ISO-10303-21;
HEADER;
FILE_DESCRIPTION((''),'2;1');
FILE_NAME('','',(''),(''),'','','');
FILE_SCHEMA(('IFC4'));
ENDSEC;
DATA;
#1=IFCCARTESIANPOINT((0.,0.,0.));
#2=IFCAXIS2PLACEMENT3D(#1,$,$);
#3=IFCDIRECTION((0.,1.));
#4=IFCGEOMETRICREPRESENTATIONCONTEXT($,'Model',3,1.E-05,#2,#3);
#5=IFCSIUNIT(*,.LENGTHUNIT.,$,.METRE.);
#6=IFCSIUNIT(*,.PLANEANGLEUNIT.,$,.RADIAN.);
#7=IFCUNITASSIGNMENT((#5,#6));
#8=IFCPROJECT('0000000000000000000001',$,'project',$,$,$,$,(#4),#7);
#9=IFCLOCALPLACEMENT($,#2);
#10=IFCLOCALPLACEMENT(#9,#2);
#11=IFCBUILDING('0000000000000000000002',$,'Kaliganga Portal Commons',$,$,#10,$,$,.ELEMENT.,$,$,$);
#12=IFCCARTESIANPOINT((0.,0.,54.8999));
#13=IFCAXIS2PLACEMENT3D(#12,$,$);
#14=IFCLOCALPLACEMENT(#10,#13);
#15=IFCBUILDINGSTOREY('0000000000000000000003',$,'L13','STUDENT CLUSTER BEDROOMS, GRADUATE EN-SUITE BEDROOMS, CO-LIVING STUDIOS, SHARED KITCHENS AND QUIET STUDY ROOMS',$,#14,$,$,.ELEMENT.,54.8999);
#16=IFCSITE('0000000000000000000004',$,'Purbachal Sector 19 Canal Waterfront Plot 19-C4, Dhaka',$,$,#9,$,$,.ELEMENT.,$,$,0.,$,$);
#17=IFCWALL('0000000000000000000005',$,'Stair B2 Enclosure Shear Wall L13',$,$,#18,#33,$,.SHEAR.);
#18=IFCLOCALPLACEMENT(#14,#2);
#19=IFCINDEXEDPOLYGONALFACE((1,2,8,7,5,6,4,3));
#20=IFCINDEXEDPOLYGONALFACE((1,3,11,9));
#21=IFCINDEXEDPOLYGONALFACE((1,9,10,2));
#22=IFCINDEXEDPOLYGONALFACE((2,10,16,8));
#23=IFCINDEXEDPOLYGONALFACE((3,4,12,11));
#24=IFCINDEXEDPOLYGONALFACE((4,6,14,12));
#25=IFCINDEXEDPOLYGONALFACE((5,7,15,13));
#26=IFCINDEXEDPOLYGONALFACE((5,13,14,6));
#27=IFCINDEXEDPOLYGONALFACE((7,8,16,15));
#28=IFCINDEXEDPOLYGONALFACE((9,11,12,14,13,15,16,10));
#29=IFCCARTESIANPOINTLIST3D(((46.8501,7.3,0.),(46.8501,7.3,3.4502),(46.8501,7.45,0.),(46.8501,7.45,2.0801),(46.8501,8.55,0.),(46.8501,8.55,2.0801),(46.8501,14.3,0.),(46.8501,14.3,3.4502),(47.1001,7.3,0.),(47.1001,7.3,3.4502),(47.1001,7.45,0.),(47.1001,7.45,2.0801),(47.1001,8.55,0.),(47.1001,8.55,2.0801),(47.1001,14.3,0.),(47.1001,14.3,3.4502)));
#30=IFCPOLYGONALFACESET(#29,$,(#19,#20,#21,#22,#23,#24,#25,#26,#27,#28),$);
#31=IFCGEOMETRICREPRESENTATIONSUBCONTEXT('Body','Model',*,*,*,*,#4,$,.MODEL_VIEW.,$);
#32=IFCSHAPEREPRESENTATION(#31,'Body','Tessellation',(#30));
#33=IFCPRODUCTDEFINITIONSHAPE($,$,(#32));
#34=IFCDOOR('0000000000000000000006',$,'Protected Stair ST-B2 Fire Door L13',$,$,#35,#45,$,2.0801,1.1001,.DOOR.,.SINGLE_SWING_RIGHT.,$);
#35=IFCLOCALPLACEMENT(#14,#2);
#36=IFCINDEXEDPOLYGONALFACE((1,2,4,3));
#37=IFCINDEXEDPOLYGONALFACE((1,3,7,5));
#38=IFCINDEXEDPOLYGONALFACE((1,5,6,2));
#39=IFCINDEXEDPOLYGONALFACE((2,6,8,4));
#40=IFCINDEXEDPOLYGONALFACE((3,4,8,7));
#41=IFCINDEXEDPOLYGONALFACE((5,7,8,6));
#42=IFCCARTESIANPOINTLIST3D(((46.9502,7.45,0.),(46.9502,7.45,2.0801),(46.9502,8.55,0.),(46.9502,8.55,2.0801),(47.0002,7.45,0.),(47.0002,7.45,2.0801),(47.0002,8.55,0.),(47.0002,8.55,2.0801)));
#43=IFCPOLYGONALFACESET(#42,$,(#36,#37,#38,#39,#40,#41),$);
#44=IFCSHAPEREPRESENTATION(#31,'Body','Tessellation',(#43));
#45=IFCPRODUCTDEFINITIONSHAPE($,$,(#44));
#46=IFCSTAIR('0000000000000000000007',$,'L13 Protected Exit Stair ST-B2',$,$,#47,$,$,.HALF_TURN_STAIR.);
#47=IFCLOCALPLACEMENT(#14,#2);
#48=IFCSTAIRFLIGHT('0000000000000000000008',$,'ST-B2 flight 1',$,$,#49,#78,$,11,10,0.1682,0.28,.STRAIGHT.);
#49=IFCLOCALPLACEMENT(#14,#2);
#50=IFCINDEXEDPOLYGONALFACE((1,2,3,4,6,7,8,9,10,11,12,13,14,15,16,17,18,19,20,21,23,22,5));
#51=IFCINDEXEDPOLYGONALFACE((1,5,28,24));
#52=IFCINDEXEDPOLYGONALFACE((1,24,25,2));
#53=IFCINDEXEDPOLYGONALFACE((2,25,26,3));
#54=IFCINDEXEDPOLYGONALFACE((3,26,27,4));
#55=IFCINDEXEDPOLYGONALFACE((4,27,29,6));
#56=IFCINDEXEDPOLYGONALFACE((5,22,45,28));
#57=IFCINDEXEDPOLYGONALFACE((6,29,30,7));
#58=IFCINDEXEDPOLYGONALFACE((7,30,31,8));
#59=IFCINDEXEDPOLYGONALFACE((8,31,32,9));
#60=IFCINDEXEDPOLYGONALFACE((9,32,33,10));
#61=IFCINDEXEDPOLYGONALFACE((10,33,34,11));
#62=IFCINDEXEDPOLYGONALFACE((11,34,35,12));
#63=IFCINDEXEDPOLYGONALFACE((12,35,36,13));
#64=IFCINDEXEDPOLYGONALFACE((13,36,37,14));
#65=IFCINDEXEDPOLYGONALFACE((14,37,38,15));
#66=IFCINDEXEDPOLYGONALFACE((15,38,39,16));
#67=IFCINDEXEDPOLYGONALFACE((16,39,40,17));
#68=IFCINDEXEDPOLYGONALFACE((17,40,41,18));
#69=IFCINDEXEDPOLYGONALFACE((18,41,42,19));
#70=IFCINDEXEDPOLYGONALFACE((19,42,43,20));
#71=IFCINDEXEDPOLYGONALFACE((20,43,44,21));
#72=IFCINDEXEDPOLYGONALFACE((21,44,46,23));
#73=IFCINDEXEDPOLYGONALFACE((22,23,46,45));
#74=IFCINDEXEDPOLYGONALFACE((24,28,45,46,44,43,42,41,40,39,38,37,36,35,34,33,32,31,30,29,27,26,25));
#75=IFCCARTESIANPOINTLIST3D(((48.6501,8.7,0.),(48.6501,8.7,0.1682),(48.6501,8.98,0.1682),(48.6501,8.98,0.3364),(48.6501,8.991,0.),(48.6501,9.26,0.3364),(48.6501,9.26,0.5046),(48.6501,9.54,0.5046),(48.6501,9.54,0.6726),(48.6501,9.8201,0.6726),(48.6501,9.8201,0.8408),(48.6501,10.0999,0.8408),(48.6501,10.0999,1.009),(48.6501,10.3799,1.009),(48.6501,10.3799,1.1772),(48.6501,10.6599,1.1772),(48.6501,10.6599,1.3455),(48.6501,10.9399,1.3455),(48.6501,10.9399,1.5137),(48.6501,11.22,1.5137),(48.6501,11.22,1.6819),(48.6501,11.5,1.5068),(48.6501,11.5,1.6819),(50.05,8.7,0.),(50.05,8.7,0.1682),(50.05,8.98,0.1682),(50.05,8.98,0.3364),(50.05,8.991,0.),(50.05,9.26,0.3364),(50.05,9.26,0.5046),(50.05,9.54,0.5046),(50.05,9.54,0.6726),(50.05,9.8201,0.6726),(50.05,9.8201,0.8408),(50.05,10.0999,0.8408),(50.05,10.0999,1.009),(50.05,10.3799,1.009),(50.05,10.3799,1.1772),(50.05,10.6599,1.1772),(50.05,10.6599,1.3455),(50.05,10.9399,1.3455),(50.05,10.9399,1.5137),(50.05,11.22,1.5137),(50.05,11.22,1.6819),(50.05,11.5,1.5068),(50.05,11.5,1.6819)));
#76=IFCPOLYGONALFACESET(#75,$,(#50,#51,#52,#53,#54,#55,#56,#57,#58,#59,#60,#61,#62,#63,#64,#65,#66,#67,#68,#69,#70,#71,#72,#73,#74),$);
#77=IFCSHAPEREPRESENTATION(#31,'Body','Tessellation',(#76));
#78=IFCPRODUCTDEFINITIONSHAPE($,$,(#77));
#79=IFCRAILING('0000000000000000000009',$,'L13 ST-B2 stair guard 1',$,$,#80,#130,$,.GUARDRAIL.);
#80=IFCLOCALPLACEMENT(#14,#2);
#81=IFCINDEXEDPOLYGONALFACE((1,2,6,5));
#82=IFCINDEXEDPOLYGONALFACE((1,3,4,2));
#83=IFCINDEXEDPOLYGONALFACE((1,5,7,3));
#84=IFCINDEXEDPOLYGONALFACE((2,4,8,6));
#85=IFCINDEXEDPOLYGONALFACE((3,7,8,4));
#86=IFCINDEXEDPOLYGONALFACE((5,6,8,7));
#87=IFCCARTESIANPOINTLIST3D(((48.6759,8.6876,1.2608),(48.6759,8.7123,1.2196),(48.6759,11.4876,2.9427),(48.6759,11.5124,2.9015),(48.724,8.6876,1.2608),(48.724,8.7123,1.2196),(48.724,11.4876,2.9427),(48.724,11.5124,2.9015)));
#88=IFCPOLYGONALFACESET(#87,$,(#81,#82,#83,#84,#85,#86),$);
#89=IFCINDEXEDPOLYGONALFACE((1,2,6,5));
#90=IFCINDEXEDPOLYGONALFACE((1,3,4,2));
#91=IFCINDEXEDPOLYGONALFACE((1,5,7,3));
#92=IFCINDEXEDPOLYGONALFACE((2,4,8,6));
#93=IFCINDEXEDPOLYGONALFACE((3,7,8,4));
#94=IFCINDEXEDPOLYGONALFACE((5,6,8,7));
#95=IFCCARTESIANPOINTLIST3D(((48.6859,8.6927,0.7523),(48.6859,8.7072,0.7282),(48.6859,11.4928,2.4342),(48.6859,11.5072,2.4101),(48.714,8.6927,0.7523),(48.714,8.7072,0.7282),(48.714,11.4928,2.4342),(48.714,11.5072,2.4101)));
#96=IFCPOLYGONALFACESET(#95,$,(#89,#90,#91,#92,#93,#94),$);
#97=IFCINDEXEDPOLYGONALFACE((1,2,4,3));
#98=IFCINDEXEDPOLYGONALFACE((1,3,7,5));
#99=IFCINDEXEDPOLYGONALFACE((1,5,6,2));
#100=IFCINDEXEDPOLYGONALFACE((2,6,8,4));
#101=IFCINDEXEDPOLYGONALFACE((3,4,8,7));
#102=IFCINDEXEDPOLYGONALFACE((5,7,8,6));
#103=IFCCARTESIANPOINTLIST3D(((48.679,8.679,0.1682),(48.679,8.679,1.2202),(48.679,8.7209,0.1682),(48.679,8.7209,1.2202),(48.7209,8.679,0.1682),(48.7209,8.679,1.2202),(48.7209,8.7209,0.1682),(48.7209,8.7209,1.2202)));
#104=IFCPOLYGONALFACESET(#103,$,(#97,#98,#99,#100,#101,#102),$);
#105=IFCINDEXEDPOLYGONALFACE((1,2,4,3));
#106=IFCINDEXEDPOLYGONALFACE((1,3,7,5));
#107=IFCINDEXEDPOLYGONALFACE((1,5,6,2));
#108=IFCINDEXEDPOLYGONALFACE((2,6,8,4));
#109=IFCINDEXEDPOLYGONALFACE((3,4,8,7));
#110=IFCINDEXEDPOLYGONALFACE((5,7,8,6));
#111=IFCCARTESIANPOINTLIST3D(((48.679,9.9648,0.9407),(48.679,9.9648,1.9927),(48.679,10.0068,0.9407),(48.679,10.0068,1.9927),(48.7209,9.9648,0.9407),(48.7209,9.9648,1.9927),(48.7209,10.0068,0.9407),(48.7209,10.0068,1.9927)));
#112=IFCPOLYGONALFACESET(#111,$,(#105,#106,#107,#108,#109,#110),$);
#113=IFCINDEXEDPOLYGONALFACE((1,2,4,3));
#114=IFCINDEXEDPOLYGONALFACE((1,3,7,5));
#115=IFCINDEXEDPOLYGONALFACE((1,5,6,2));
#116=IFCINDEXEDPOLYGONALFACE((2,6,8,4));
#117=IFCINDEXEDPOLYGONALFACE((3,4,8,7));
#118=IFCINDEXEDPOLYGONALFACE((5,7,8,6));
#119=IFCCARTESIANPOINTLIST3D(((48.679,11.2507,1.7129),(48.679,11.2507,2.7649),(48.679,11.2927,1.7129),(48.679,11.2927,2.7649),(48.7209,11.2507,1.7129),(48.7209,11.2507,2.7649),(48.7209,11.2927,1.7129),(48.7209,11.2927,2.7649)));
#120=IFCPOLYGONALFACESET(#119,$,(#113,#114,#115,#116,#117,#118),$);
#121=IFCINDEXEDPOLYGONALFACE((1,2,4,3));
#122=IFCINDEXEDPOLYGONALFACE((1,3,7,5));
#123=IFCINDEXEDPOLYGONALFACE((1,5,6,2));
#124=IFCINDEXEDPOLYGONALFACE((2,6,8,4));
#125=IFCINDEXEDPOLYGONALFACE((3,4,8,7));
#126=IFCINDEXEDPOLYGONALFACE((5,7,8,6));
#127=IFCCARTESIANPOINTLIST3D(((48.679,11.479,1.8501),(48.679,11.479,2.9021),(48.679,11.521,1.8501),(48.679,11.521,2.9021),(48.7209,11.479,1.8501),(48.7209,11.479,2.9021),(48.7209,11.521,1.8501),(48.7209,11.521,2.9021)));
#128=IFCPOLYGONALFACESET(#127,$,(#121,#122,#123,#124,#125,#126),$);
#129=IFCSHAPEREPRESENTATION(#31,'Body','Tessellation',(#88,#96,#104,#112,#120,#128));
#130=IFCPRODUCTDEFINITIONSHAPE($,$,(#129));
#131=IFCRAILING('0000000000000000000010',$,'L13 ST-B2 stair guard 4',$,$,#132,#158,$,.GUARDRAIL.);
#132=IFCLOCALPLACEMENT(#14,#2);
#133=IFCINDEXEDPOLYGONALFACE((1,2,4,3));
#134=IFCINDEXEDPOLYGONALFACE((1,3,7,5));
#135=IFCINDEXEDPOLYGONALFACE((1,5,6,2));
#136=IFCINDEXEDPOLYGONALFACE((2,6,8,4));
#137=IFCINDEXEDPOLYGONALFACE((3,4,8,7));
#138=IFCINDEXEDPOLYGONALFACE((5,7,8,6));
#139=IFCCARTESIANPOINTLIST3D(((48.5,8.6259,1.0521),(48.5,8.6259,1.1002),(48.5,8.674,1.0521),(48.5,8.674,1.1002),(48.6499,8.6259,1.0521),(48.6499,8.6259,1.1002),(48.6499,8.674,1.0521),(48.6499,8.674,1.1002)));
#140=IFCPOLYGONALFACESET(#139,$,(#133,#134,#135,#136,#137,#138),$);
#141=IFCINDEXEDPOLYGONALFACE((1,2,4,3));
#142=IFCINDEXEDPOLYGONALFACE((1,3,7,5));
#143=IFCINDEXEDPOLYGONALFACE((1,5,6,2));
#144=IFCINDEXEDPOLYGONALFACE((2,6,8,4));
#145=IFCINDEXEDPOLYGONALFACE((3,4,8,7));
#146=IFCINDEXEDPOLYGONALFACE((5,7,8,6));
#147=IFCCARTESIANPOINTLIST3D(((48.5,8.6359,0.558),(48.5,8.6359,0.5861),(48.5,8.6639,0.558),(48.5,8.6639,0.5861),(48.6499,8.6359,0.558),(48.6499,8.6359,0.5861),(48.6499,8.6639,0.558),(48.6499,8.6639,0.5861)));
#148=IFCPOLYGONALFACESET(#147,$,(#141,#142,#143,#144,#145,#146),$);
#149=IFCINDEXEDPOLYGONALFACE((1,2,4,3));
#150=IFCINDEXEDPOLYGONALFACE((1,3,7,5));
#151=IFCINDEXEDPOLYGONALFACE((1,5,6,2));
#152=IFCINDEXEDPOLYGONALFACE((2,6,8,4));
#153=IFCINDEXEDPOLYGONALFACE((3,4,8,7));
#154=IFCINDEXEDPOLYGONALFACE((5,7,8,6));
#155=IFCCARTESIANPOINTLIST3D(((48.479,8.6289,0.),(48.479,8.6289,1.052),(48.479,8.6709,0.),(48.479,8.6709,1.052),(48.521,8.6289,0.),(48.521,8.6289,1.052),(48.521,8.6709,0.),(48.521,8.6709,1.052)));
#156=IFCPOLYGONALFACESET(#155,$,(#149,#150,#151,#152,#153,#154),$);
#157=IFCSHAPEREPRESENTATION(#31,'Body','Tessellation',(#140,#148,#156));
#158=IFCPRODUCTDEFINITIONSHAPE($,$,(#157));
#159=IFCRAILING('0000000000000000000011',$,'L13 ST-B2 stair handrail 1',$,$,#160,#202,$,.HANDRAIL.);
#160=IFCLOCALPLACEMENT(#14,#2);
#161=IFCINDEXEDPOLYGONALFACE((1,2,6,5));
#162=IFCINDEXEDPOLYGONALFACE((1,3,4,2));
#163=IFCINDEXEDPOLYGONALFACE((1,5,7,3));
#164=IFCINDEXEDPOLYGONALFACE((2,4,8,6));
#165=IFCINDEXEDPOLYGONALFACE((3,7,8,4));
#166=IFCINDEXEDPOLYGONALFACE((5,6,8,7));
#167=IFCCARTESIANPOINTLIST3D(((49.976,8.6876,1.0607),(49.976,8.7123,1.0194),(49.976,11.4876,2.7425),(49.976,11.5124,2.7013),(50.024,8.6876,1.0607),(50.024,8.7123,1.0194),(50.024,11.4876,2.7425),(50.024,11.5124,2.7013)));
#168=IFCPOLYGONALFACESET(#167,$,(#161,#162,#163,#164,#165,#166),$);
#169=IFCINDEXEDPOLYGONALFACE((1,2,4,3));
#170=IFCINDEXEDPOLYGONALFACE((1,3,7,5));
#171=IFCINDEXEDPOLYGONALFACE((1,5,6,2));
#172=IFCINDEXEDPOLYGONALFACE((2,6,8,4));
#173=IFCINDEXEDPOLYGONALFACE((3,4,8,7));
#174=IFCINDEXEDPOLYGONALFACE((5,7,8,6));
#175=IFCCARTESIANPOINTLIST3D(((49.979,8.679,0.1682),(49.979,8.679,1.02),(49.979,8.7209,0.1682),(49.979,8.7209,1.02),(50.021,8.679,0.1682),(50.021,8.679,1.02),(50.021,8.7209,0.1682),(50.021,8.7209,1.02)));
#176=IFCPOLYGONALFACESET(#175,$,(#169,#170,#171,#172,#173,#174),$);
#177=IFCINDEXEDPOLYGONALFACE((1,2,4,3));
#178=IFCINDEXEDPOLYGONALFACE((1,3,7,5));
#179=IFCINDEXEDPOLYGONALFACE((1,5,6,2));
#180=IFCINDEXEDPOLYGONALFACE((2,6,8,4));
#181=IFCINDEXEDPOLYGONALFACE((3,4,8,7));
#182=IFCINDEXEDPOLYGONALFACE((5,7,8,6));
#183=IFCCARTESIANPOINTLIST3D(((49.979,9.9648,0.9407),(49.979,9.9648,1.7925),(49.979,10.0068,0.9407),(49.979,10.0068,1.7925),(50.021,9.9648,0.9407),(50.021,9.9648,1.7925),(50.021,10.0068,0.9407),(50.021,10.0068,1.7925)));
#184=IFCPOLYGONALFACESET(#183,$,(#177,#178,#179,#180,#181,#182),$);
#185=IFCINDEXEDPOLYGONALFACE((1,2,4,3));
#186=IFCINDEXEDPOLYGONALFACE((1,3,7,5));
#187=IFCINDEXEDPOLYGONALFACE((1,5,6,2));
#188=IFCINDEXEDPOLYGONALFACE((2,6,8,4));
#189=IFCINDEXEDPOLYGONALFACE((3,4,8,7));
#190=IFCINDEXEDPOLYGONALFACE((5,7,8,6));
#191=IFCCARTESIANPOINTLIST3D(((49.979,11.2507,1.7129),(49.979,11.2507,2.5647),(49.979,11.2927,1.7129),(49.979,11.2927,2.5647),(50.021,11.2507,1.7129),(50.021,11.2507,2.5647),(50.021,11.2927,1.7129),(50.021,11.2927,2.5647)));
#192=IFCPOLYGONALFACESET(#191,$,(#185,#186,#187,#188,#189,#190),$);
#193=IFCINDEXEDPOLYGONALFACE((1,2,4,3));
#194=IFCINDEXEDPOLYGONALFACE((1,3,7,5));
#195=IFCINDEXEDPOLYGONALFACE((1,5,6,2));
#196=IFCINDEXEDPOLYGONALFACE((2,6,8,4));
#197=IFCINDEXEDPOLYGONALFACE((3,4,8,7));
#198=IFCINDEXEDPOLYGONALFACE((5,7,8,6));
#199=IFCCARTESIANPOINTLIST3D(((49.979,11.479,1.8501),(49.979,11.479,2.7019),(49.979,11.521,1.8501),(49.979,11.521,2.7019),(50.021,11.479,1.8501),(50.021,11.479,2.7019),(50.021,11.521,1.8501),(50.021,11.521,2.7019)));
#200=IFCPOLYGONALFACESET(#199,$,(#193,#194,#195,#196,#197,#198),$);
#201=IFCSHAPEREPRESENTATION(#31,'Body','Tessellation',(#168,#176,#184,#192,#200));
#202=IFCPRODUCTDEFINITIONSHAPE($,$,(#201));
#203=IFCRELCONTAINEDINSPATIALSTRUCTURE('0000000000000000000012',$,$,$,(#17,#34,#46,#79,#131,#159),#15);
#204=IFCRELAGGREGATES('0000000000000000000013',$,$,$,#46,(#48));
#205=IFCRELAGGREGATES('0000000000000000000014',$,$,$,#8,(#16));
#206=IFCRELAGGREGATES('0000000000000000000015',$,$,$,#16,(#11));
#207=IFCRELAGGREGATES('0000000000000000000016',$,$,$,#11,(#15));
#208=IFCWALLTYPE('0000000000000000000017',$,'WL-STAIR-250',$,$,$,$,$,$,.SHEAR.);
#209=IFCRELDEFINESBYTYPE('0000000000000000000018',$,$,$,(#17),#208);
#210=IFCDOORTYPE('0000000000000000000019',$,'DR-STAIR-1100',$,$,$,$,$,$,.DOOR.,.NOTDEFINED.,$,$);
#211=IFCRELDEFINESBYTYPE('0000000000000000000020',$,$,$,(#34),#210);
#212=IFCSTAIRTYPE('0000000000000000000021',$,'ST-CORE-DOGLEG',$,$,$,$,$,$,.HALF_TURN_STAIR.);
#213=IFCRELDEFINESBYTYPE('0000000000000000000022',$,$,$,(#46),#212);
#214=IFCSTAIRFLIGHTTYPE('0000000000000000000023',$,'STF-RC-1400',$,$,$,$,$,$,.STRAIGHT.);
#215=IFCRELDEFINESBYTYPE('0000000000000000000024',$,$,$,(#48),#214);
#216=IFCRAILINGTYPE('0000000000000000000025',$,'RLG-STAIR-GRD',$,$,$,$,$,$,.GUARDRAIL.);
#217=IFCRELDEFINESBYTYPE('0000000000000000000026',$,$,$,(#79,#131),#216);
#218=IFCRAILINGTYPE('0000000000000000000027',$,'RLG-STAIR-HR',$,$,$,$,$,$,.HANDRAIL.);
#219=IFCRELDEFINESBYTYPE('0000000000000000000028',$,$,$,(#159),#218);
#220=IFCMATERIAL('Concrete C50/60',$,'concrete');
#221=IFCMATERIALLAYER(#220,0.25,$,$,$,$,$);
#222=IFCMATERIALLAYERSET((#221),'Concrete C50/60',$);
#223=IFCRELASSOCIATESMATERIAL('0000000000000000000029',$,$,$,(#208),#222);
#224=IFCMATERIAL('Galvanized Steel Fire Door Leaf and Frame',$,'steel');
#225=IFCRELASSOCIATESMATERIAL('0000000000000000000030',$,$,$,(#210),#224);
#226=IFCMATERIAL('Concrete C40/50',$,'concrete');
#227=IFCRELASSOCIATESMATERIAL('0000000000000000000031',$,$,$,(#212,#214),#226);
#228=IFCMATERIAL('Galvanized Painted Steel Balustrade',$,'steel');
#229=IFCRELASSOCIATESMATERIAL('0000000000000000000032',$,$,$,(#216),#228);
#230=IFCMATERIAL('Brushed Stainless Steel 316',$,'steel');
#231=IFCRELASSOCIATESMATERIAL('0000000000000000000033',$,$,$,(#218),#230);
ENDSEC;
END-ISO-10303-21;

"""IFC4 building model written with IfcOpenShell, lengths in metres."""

from ifc_helpers import new_model, si_unit, direction, frame, frame_2d, origin, origin_2d, place, context, subcontext, project, spatial, polyline, rectangle, outline, extrude, material, layer, layer_set, type_object, element, fill, aggregate, save


model = new_model("IFC4")

# Units and contexts
model_context = context("Model", 3, precision=1e-05, world=origin(), true_north=direction((0.0, 1.0)))
body_context = subcontext(model_context, "Body", "Model", "MODEL_VIEW")
ifc_project = project(units=[si_unit("LENGTHUNIT", "METRE"), si_unit("PLANEANGLEUNIT", "RADIAN")], contexts=[model_context])

# Site, building, storey
site_placement = place(None, origin())
site = spatial("IfcSite", under=ifc_project, at=site_placement, Name="Purbachal Sector 19 Canal Waterfront Plot 19-C4, Dhaka", CompositionType="ELEMENT", RefElevation=0.0)
building_placement = place(site_placement, origin())
building = spatial("IfcBuilding", under=site, at=building_placement, Name="Kaliganga Portal Commons", CompositionType="ELEMENT")
storey_placement = place(building_placement, frame((0.0, 0.0, 54.8999)))
storey = spatial("IfcBuildingStorey", under=building, at=storey_placement, Name="L13", Description="STUDENT CLUSTER BEDROOMS, GRADUATE EN-SUITE BEDROOMS, CO-LIVING STUDIOS, SHARED KITCHENS AND QUIET STUDY ROOMS", CompositionType="ELEMENT", Elevation=54.8999)

# Wall, opening, door
ifc_material_1 = material(Name="Concrete C50/60", Category="concrete")
ifc_layer_1 = layer(ifc_material_1, 0.25)
ifc_layer_set_1 = layer_set([ifc_layer_1], Name="Concrete C50/60")
wall_type_1 = type_object("IfcWallType", Name="WL-STAIR-250", PredefinedType="SHEAR", material=ifc_layer_set_1)
wall_1_placement = place(storey_placement, frame((46.9751, 7.3, 0.0), z_axis=(0.0, 0.0, 1.0), x_axis=(0.0, 1.0, 0.0)))
wall_1 = element("IfcWall", 1, at=wall_1_placement, inside=storey, type_object=wall_type_1, Name="Stair B2 Enclosure Shear Wall L13", PredefinedType="SHEAR", context=body_context, shape_type="SweptSolid", body=[
    extrude(rectangle(XDim=7.0, YDim=0.25, at=frame_2d((3.5, 0.0))), origin(), (0.0, 0.0, 1.0), 3.4502),
])
opening_1_placement = place(wall_1_placement, frame((0.1499, 0.0, 0.0)))
opening_1 = element("IfcOpeningElement", 2, at=opening_1_placement, cuts=wall_1, PredefinedType="OPENING", context=body_context, shape_type="SweptSolid", body=[
    extrude(rectangle(XDim=1.1001, YDim=2.0801, at=frame_2d((0.55, 1.04))), frame((0.0, 0.135, 0.0), z_axis=(0.0, -1.0, 0.0), x_axis=(1.0, 0.0, 0.0)), (0.0, 0.0, 1.0), 0.27),
])
ifc_material_2 = material(Name="Galvanized Steel Fire Door Leaf and Frame", Category="steel")
door_type = type_object("IfcDoorType", Name="DR-STAIR-1100", OperationType="NOTDEFINED", PredefinedType="DOOR", material=ifc_material_2)
door_placement = place(opening_1_placement, origin())
door = element("IfcDoor", 3, at=door_placement, inside=storey, type_object=door_type, Name="Protected Stair ST-B2 Fire Door L13", OperationType="SINGLE_SWING_RIGHT", OverallHeight=2.0801, OverallWidth=1.1001, PredefinedType="DOOR", context=body_context, shape_type="SweptSolid", body=[
    extrude(rectangle(XDim=1.1001, YDim=2.0801, at=frame_2d((0.55, 1.04))), frame((0.0, 0.0249, 0.0), z_axis=(0.0, -1.0, 0.0), x_axis=(1.0, 0.0, 0.0)), (0.0, 0.0, 1.0), 0.05),
])
fill(opening_1, door)

# Stair, stair flight
ifc_material_3 = material(Name="Concrete C40/50", Category="concrete")
stair_type = type_object("IfcStairType", Name="ST-CORE-DOGLEG", PredefinedType="HALF_TURN_STAIR", material=ifc_material_3)
stair_placement = place(storey_placement, origin())
stair = element("IfcStair", 4, at=stair_placement, inside=storey, type_object=stair_type, Name="L13 Protected Exit Stair ST-B2", PredefinedType="HALF_TURN_STAIR")
stair_flight_type = type_object("IfcStairFlightType", Name="STF-RC-1400", PredefinedType="STRAIGHT", material=ifc_material_3)
stair_flight_placement = place(storey_placement, frame((49.3501, 8.7, 0.0), z_axis=(0.0, 0.0, 1.0), x_axis=(0.0, 1.0, 0.0)))
stair_flight = element("IfcStairFlight", 5, at=stair_flight_placement, type_object=stair_flight_type, Name="ST-B2 flight 1", NumberOfRisers=11, NumberOfTreads=10, PredefinedType="STRAIGHT", RiserHeight=0.1682, TreadLength=0.28, context=body_context, shape_type="SweptSolid", body=[
    extrude(outline(polyline([(0.0, 0.0), (0.0, 0.1682), (0.28, 0.1682), (0.28, 0.3364), (0.5601, 0.3364), (0.5601, 0.5046), (0.8401, 0.5046), (0.8401, 0.6726), (1.1201, 0.6726), (1.1201, 0.8408), (1.3999, 0.8408), (1.3999, 1.009), (1.6799, 1.009), (1.6799, 1.1772), (1.96, 1.1772), (1.96, 1.3455), (2.24, 1.3455), (2.24, 1.5137), (2.52, 1.5137), (2.52, 1.6819), (2.8, 1.6819), (2.8, 1.8501), (2.8, 1.5068), (0.291, 0.0), (0.0, 0.0)])), frame((0.0, 0.7, 0.0), z_axis=(0.0, -1.0, 0.0), x_axis=(1.0, 0.0, 0.0)), (0.0, 0.0, 1.0), 1.3999),
])
aggregate(stair, [stair_flight])

# Railings
ifc_material_4 = material(Name="Galvanized Painted Steel Balustrade", Category="steel")
railing_type_1 = type_object("IfcRailingType", Name="RLG-STAIR-GRD", PredefinedType="GUARDRAIL", material=ifc_material_4)
railing_1_placement = place(storey_placement, frame((48.7, 8.7, 0.1682)))
element("IfcRailing", 6, at=railing_1_placement, inside=storey, type_object=railing_type_1, Name="L13 ST-B2 stair guard 1", PredefinedType="GUARDRAIL", context=body_context, shape_type="SweptSolid", body=[
    extrude(rectangle(XDim=0.0481, YDim=0.0481, at=origin_2d()), frame((0.0, 0.0, 1.072), z_axis=(0.0, 0.857242, 0.514913), x_axis=(-1.0, 0.0, 0.0)), (0.0, 0.0, 1.0), 3.2664),
    extrude(rectangle(XDim=0.0281, YDim=0.0281, at=origin_2d()), frame((0.0, 0.0, 0.572), z_axis=(0.0, 0.857242, 0.514913), x_axis=(-1.0, 0.0, 0.0)), (0.0, 0.0, 1.0), 3.2664),
    extrude(rectangle(XDim=0.042, YDim=0.042, at=origin_2d()), origin(), (0.0, 0.0, 1.0), 1.052),
    extrude(rectangle(XDim=0.042, YDim=0.042, at=origin_2d()), frame((0.0, 1.2859, 0.7725)), (0.0, 0.0, 1.0), 1.052),
    extrude(rectangle(XDim=0.042, YDim=0.042, at=origin_2d()), frame((0.0, 2.5718, 1.5447)), (0.0, 0.0, 1.0), 1.052),
    extrude(rectangle(XDim=0.042, YDim=0.042, at=origin_2d()), frame((0.0, 2.8, 1.6819)), (0.0, 0.0, 1.0), 1.052),
])
railing_2_placement = place(storey_placement, frame((48.6499, 8.6499, 0.0)))
element("IfcRailing", 7, at=railing_2_placement, inside=storey, type_object=railing_type_1, Name="L13 ST-B2 stair guard 4", PredefinedType="GUARDRAIL", context=body_context, shape_type="SweptSolid", body=[
    extrude(rectangle(XDim=0.0481, YDim=0.0481, at=origin_2d()), frame((0.0, 0.0, 1.0762), z_axis=(-1.0, 0.0, 0.0), x_axis=(0.0, -1.0, 0.0)), (0.0, 0.0, 1.0), 0.1499),
    extrude(rectangle(XDim=0.0281, YDim=0.0281, at=origin_2d()), frame((0.0, 0.0, 0.572), z_axis=(-1.0, 0.0, 0.0), x_axis=(0.0, -1.0, 0.0)), (0.0, 0.0, 1.0), 0.1499),
    extrude(rectangle(XDim=0.042, YDim=0.042, at=origin_2d()), frame((-0.1499, 0.0, 0.0)), (0.0, 0.0, 1.0), 1.052),
])
ifc_material_5 = material(Name="Brushed Stainless Steel 316", Category="steel")
railing_type_2 = type_object("IfcRailingType", Name="RLG-STAIR-HR", PredefinedType="HANDRAIL", material=ifc_material_5)
railing_3_placement = place(storey_placement, frame((50.0, 8.7, 0.1682)))
element("IfcRailing", 8, at=railing_3_placement, inside=storey, type_object=railing_type_2, Name="L13 ST-B2 stair handrail 1", PredefinedType="HANDRAIL", context=body_context, shape_type="SweptSolid", body=[
    extrude(rectangle(XDim=0.0481, YDim=0.0481, at=origin_2d()), frame((0.0, 0.0, 0.8718), z_axis=(0.0, 0.857242, 0.514913), x_axis=(-1.0, 0.0, 0.0)), (0.0, 0.0, 1.0), 3.2664),
    extrude(rectangle(XDim=0.042, YDim=0.042, at=origin_2d()), origin(), (0.0, 0.0, 1.0), 0.8518),
    extrude(rectangle(XDim=0.042, YDim=0.042, at=origin_2d()), frame((0.0, 1.2859, 0.7725)), (0.0, 0.0, 1.0), 0.8518),
    extrude(rectangle(XDim=0.042, YDim=0.042, at=origin_2d()), frame((0.0, 2.5718, 1.5447)), (0.0, 0.0, 1.0), 0.8518),
    extrude(rectangle(XDim=0.042, YDim=0.042, at=origin_2d()), frame((0.0, 2.8, 1.6819)), (0.0, 0.0, 1.0), 0.8518),
])

save(model, "model.ifc")
